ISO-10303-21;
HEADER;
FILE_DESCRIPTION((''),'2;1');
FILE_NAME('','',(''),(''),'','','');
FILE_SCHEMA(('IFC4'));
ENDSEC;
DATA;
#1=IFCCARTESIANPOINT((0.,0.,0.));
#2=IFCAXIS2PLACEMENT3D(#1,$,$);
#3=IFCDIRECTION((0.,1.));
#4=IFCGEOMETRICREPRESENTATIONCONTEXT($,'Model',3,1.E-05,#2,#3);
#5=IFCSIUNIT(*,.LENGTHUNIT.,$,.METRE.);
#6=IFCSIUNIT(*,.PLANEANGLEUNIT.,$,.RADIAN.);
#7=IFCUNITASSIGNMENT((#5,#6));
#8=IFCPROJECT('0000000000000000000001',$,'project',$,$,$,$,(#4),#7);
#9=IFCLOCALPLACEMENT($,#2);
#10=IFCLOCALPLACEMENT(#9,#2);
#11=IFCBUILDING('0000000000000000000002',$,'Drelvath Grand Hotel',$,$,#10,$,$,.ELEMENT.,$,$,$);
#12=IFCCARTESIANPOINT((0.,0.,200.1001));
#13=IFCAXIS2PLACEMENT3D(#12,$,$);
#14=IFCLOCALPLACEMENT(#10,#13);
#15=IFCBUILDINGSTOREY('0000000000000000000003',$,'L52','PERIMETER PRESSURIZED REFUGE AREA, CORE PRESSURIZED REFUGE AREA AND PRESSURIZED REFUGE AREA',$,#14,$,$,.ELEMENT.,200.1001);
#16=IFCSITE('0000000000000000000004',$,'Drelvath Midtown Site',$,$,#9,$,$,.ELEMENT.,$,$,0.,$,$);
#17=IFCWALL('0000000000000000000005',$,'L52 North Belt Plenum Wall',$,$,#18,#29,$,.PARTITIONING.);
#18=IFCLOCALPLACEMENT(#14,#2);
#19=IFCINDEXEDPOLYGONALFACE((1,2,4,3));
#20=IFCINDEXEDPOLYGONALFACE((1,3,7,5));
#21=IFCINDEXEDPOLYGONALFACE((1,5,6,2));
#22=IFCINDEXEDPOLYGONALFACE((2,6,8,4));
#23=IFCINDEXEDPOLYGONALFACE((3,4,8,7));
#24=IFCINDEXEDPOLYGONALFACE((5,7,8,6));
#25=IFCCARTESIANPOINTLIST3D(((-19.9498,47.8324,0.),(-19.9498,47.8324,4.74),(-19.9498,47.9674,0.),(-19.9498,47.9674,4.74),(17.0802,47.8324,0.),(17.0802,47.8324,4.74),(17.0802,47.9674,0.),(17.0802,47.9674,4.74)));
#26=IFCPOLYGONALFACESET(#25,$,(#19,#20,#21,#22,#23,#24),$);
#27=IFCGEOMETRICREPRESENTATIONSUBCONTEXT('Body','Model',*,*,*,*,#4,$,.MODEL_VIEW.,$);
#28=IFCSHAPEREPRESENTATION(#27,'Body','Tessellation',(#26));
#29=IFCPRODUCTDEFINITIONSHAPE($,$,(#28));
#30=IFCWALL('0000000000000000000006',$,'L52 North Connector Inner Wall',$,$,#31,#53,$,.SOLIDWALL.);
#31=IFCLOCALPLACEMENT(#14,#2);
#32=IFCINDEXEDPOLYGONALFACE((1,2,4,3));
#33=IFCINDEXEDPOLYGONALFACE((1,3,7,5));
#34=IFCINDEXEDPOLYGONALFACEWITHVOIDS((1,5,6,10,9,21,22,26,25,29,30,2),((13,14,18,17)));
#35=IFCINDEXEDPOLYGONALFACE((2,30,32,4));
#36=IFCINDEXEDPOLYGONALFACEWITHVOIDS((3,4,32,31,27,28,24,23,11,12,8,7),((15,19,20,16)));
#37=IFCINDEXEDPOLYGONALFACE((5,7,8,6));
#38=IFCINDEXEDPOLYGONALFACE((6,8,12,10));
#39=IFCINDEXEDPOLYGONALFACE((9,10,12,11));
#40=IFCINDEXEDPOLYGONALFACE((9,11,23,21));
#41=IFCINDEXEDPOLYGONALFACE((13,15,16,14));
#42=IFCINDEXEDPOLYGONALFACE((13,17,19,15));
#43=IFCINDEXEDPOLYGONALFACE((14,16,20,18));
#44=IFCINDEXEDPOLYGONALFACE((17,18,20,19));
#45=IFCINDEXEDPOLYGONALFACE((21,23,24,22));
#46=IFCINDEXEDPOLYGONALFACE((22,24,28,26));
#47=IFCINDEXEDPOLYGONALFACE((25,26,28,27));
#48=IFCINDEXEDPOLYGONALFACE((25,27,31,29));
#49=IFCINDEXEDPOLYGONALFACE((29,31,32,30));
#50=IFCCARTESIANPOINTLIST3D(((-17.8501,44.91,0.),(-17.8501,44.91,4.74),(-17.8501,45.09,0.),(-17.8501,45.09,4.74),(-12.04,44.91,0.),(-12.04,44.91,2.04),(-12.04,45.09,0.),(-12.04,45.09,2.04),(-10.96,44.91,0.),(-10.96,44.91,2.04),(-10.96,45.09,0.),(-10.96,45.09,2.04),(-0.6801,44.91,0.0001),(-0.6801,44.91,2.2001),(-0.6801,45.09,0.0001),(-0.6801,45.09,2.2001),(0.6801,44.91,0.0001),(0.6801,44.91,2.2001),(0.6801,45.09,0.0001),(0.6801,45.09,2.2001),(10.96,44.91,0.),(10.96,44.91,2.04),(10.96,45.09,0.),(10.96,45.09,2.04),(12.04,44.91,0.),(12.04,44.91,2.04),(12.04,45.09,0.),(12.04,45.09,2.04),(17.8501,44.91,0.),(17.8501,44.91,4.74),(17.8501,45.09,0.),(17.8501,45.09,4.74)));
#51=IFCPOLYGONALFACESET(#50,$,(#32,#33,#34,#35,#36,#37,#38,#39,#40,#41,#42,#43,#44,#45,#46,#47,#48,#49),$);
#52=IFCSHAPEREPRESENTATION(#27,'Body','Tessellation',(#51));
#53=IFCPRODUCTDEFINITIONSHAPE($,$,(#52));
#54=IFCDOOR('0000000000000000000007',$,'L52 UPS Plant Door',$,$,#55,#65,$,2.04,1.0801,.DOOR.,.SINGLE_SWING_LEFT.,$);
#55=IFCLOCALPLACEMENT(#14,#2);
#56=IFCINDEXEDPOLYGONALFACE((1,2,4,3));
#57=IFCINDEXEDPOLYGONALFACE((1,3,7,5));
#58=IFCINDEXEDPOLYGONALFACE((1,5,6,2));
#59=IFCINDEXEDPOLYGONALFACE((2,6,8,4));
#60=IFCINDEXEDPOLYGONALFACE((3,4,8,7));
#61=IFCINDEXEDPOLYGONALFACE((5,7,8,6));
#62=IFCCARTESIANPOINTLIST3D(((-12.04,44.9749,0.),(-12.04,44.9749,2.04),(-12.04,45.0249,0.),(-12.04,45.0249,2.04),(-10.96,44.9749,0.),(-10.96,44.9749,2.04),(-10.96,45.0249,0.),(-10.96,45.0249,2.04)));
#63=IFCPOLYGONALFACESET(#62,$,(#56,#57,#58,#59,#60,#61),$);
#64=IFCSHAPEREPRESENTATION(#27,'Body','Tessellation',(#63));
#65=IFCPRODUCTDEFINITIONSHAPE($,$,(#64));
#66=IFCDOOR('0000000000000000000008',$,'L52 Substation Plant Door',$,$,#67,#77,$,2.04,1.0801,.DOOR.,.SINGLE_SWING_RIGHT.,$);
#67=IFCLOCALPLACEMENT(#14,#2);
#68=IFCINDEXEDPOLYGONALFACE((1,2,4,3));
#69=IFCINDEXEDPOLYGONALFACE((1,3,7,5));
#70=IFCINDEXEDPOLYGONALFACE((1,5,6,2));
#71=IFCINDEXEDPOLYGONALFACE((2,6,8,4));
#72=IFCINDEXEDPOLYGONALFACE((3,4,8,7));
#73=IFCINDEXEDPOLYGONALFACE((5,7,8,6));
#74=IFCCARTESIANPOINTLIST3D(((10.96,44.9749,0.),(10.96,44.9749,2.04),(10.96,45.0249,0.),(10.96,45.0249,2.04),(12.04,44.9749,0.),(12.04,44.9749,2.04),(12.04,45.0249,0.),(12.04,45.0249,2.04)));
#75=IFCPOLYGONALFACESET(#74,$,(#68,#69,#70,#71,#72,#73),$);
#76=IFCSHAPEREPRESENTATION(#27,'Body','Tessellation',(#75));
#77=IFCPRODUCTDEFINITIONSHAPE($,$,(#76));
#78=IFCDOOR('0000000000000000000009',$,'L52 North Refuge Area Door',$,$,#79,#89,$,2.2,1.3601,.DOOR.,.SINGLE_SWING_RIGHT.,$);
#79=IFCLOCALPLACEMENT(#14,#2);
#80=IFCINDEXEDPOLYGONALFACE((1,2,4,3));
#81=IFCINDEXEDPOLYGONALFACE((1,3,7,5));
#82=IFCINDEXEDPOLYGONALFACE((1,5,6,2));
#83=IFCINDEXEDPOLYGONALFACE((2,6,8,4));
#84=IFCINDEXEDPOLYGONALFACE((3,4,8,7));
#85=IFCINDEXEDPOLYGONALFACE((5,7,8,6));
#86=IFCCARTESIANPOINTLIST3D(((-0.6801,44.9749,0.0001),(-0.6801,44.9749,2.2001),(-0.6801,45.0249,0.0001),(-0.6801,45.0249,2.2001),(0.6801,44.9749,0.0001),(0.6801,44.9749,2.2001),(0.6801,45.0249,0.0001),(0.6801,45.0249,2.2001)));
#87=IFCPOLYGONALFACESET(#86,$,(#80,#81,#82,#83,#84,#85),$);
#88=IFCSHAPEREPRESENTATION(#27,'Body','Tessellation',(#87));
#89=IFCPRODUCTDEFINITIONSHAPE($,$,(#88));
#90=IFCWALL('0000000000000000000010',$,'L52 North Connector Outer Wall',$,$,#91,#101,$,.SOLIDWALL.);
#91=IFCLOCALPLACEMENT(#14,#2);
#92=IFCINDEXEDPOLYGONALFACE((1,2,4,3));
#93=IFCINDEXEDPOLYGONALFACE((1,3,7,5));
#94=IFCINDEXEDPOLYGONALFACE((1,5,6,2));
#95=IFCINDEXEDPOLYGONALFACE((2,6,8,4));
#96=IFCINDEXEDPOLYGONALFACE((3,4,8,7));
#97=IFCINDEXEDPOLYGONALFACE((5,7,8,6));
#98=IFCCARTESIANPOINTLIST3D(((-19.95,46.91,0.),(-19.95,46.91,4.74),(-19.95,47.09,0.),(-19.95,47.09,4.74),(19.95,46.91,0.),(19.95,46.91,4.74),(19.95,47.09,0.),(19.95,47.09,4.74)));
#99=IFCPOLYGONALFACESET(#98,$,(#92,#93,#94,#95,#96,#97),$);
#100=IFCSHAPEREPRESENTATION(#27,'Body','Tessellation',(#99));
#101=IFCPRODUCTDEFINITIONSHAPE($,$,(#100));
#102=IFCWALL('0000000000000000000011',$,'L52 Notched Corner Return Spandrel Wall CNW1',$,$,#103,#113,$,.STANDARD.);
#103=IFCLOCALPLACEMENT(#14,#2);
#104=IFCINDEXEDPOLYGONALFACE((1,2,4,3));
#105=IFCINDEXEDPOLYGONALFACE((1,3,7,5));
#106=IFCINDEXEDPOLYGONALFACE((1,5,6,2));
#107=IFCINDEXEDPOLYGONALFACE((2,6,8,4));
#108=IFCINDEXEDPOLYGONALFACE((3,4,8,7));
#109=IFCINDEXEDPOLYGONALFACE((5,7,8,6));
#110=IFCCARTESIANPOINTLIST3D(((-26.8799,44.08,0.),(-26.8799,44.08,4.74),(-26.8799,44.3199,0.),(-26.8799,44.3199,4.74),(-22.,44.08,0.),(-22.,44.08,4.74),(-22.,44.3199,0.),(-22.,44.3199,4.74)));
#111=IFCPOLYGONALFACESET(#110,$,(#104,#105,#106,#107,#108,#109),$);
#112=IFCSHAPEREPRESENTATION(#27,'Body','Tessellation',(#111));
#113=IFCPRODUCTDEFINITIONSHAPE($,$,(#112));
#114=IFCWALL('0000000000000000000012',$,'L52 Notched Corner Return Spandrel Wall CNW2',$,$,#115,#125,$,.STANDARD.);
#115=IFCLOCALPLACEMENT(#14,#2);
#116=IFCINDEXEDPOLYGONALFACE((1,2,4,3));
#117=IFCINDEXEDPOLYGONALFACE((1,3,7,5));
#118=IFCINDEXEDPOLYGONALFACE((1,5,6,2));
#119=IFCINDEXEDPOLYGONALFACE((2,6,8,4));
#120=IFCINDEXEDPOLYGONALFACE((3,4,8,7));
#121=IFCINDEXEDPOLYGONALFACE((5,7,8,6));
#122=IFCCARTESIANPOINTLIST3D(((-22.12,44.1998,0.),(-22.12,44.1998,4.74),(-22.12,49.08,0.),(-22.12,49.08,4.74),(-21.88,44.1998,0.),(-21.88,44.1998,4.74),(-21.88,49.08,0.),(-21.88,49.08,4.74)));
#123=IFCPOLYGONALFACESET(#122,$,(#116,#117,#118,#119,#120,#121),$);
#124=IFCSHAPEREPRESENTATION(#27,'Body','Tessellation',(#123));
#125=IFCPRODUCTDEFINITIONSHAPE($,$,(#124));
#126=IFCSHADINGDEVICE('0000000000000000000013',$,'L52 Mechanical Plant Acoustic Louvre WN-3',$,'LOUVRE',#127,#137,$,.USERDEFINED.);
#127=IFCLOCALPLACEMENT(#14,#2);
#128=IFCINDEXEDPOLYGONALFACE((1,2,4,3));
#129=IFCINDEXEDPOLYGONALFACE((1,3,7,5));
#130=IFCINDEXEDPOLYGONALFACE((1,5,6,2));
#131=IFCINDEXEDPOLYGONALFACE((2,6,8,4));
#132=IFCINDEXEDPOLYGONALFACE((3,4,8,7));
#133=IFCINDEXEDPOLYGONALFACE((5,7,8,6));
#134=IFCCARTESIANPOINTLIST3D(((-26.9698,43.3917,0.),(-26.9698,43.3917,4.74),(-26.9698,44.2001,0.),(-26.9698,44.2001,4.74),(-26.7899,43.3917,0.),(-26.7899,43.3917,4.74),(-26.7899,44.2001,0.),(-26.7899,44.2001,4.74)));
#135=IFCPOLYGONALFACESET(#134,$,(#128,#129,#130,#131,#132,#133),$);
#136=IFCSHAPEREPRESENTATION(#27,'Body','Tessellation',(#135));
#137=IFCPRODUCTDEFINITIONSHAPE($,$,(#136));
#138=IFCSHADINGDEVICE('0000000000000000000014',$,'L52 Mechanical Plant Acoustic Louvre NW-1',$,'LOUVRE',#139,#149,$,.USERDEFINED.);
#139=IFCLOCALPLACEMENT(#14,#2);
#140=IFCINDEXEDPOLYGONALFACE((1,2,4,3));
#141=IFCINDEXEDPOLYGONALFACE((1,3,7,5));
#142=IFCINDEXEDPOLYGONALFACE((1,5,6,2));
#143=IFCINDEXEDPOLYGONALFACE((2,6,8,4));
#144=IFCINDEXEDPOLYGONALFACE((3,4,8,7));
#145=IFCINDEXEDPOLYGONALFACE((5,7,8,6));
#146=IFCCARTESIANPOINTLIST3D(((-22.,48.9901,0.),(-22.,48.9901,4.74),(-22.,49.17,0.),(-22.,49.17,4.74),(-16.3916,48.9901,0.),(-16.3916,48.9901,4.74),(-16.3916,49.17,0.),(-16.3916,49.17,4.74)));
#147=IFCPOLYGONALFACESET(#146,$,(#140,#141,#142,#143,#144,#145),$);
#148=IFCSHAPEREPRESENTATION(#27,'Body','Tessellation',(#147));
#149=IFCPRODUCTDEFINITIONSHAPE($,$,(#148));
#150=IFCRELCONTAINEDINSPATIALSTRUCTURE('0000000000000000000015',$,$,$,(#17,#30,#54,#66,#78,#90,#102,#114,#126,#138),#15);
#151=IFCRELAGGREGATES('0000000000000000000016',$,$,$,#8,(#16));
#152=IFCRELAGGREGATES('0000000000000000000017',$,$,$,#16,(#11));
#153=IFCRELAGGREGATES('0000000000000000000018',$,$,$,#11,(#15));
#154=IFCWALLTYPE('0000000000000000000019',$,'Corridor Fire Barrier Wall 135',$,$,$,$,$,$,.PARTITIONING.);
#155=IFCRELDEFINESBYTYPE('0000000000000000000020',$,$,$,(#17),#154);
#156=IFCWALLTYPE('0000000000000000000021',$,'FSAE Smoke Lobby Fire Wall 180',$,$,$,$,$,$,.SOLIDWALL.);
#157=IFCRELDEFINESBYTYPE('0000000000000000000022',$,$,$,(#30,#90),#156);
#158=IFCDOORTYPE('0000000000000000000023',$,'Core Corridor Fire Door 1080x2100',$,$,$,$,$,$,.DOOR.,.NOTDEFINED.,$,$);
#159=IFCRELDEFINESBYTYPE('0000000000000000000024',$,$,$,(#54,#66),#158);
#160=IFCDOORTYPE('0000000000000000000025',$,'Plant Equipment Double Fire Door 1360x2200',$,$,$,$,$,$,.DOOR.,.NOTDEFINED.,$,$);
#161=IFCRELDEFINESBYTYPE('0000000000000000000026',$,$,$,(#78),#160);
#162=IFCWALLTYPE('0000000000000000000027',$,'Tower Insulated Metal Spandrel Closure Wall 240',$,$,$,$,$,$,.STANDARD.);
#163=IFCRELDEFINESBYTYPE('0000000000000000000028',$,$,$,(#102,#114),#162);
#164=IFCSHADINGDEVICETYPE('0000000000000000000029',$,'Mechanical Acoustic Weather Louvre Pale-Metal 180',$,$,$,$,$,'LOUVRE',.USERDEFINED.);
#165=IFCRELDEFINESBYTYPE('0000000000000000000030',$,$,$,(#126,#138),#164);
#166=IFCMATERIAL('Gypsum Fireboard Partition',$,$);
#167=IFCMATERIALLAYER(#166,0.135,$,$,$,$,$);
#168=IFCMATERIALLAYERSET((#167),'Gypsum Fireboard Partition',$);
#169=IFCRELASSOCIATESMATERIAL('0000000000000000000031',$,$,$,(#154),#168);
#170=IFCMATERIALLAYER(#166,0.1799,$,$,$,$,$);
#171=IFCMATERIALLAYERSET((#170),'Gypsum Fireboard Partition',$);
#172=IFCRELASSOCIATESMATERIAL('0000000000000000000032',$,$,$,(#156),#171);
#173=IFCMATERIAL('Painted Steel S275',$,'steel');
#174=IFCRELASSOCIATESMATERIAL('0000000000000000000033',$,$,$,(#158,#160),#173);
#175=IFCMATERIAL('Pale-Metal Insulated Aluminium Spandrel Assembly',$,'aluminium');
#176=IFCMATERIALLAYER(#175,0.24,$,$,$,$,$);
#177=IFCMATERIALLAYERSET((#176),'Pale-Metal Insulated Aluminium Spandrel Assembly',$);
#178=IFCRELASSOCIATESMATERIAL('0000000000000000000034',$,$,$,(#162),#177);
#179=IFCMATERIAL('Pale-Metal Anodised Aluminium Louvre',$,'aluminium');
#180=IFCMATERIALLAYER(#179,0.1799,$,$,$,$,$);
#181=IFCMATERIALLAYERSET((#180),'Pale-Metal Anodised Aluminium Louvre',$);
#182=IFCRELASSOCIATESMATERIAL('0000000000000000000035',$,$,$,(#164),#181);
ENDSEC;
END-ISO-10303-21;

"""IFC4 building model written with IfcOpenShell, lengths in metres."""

from ifc_helpers import new_model, si_unit, direction, frame, frame_2d, origin, origin_2d, place, context, subcontext, project, spatial, rectangle, extrude, material, layer, layer_set, type_object, element, fill, save


model = new_model("IFC4")

# Units and contexts
model_context = context("Model", 3, precision=1e-05, world=origin(), true_north=direction((0.0, 1.0)))
body_context = subcontext(model_context, "Body", "Model", "MODEL_VIEW")
ifc_project = project(units=[si_unit("LENGTHUNIT", "METRE"), si_unit("PLANEANGLEUNIT", "RADIAN")], contexts=[model_context])

# Site, building, storey
site_placement = place(None, origin())
site = spatial("IfcSite", under=ifc_project, at=site_placement, Name="Drelvath Midtown Site", CompositionType="ELEMENT", RefElevation=0.0)
building_placement = place(site_placement, origin())
building = spatial("IfcBuilding", under=site, at=building_placement, Name="Drelvath Grand Hotel", CompositionType="ELEMENT")
storey_placement = place(building_placement, frame((0.0, 0.0, 200.1001)))
storey = spatial("IfcBuildingStorey", under=building, at=storey_placement, Name="L52", Description="PERIMETER PRESSURIZED REFUGE AREA, CORE PRESSURIZED REFUGE AREA AND PRESSURIZED REFUGE AREA", CompositionType="ELEMENT", Elevation=200.1001)

# Wall
ifc_material_1 = material(Name="Gypsum Fireboard Partition")
ifc_layer_1 = layer(ifc_material_1, 0.135)
ifc_layer_set_1 = layer_set([ifc_layer_1], Name="Gypsum Fireboard Partition")
wall_type_1 = type_object("IfcWallType", Name="Corridor Fire Barrier Wall 135", PredefinedType="PARTITIONING", material=ifc_layer_set_1)
wall_1_placement = place(storey_placement, frame((-19.95, 47.8999, 0.0), z_axis=(0.0, 0.0, 1.0), x_axis=(1.0, 0.0, 0.0)))
element("IfcWall", 1, at=wall_1_placement, inside=storey, type_object=wall_type_1, Name="L52 North Belt Plenum Wall", PredefinedType="PARTITIONING", context=body_context, shape_type="SweptSolid", body=[
    extrude(rectangle(XDim=37.03, YDim=0.135, at=frame_2d((18.5151, 0.0))), origin(), (0.0, 0.0, 1.0), 4.74),
])

# Wall, openings, doors
ifc_layer_2 = layer(ifc_material_1, 0.1799)
ifc_layer_set_2 = layer_set([ifc_layer_2], Name="Gypsum Fireboard Partition")
wall_type_2 = type_object("IfcWallType", Name="FSAE Smoke Lobby Fire Wall 180", PredefinedType="SOLIDWALL", material=ifc_layer_set_2)
wall_2_placement = place(storey_placement, frame((-17.8501, 45.0, 0.0), z_axis=(0.0, 0.0, 1.0), x_axis=(1.0, 0.0, 0.0)))
wall_2 = element("IfcWall", 2, at=wall_2_placement, inside=storey, type_object=wall_type_2, Name="L52 North Connector Inner Wall", PredefinedType="SOLIDWALL", context=body_context, shape_type="SweptSolid", body=[
    extrude(rectangle(XDim=35.7002, YDim=0.1799, at=frame_2d((17.8501, 0.0))), origin(), (0.0, 0.0, 1.0), 4.74),
])
opening_1_placement = place(wall_2_placement, frame((17.1699, 0.0, 0.0)))
opening_1 = element("IfcOpeningElement", 3, at=opening_1_placement, cuts=wall_2, PredefinedType="OPENING", context=body_context, shape_type="SweptSolid", body=[
    extrude(rectangle(XDim=1.3601, YDim=2.2, at=frame_2d((0.6802, 1.1001))), frame((0.0, 0.0999, 0.0), z_axis=(0.0, -1.0, 0.0), x_axis=(1.0, 0.0, 0.0)), (0.0, 0.0, 1.0), 0.2),
])
opening_2_placement = place(wall_2_placement, frame((5.8101, 0.0, 0.0)))
opening_2 = element("IfcOpeningElement", 4, at=opening_2_placement, cuts=wall_2, PredefinedType="OPENING", context=body_context, shape_type="SweptSolid", body=[
    extrude(rectangle(XDim=1.0801, YDim=2.04, at=frame_2d((0.54, 1.02))), frame((0.0, 0.0999, 0.0), z_axis=(0.0, -1.0, 0.0), x_axis=(1.0, 0.0, 0.0)), (0.0, 0.0, 1.0), 0.2),
])
opening_3_placement = place(wall_2_placement, frame((28.8101, 0.0, 0.0)))
opening_3 = element("IfcOpeningElement", 5, at=opening_3_placement, cuts=wall_2, PredefinedType="OPENING", context=body_context, shape_type="SweptSolid", body=[
    extrude(rectangle(XDim=1.0801, YDim=2.04, at=frame_2d((0.54, 1.02))), frame((0.0, 0.0999, 0.0), z_axis=(0.0, -1.0, 0.0), x_axis=(1.0, 0.0, 0.0)), (0.0, 0.0, 1.0), 0.2),
])
ifc_material_2 = material(Name="Painted Steel S275", Category="steel")
door_type_1 = type_object("IfcDoorType", Name="Core Corridor Fire Door 1080x2100", OperationType="NOTDEFINED", PredefinedType="DOOR", material=ifc_material_2)
door_1_placement = place(opening_2_placement, origin())
door_1 = element("IfcDoor", 6, at=door_1_placement, inside=storey, type_object=door_type_1, Name="L52 UPS Plant Door", OperationType="SINGLE_SWING_LEFT", OverallHeight=2.04, OverallWidth=1.0801, PredefinedType="DOOR", context=body_context, shape_type="SweptSolid", body=[
    extrude(rectangle(XDim=1.0801, YDim=2.04, at=frame_2d((0.54, 1.02))), frame((0.0, 0.0249, 0.0), z_axis=(0.0, -1.0, 0.0), x_axis=(1.0, 0.0, 0.0)), (0.0, 0.0, 1.0), 0.05),
])
fill(opening_2, door_1)
door_2_placement = place(opening_3_placement, origin())
door_2 = element("IfcDoor", 7, at=door_2_placement, inside=storey, type_object=door_type_1, Name="L52 Substation Plant Door", OperationType="SINGLE_SWING_RIGHT", OverallHeight=2.04, OverallWidth=1.0801, PredefinedType="DOOR", context=body_context, shape_type="SweptSolid", body=[
    extrude(rectangle(XDim=1.0801, YDim=2.04, at=frame_2d((0.54, 1.02))), frame((0.0, 0.0249, 0.0), z_axis=(0.0, -1.0, 0.0), x_axis=(1.0, 0.0, 0.0)), (0.0, 0.0, 1.0), 0.05),
])
fill(opening_3, door_2)
door_type_2 = type_object("IfcDoorType", Name="Plant Equipment Double Fire Door 1360x2200", OperationType="NOTDEFINED", PredefinedType="DOOR", material=ifc_material_2)
door_3_placement = place(opening_1_placement, origin())
door_3 = element("IfcDoor", 8, at=door_3_placement, inside=storey, type_object=door_type_2, Name="L52 North Refuge Area Door", OperationType="SINGLE_SWING_RIGHT", OverallHeight=2.2, OverallWidth=1.3601, PredefinedType="DOOR", context=body_context, shape_type="SweptSolid", body=[
    extrude(rectangle(XDim=1.3601, YDim=2.2, at=frame_2d((0.6802, 1.1001))), frame((0.0, 0.0249, 0.0), z_axis=(0.0, -1.0, 0.0), x_axis=(1.0, 0.0, 0.0)), (0.0, 0.0, 1.0), 0.05),
])
fill(opening_1, door_3)

# Walls
wall_3_placement = place(storey_placement, frame((-19.95, 47.0, 0.0), z_axis=(0.0, 0.0, 1.0), x_axis=(1.0, 0.0, 0.0)))
element("IfcWall", 9, at=wall_3_placement, inside=storey, type_object=wall_type_2, Name="L52 North Connector Outer Wall", PredefinedType="SOLIDWALL", context=body_context, shape_type="SweptSolid", body=[
    extrude(rectangle(XDim=39.8999, YDim=0.1799, at=frame_2d((19.95, 0.0))), origin(), (0.0, 0.0, 1.0), 4.74),
])
ifc_material_3 = material(Name="Pale-Metal Insulated Aluminium Spandrel Assembly", Category="aluminium")
ifc_layer_3 = layer(ifc_material_3, 0.24)
ifc_layer_set_3 = layer_set([ifc_layer_3], Name="Pale-Metal Insulated Aluminium Spandrel Assembly")
wall_type_3 = type_object("IfcWallType", Name="Tower Insulated Metal Spandrel Closure Wall 240", PredefinedType="STANDARD", material=ifc_layer_set_3)
wall_4_placement = place(storey_placement, frame((-26.8799, 44.2, 0.0), z_axis=(0.0, 0.0, 1.0), x_axis=(1.0, 0.0, 0.0)))
element("IfcWall", 10, at=wall_4_placement, inside=storey, type_object=wall_type_3, Name="L52 Notched Corner Return Spandrel Wall CNW1", PredefinedType="STANDARD", context=body_context, shape_type="SweptSolid", body=[
    extrude(rectangle(XDim=4.8799, YDim=0.24, at=frame_2d((2.4399, 0.0))), origin(), (0.0, 0.0, 1.0), 4.74),
])
wall_5_placement = place(storey_placement, frame((-22.0, 44.2, 0.0), z_axis=(0.0, 0.0, 1.0), x_axis=(0.0, 1.0, 0.0)))
element("IfcWall", 11, at=wall_5_placement, inside=storey, type_object=wall_type_3, Name="L52 Notched Corner Return Spandrel Wall CNW2", PredefinedType="STANDARD", context=body_context, shape_type="SweptSolid", body=[
    extrude(rectangle(XDim=4.8801, YDim=0.24, at=frame_2d((2.4399, 0.0))), origin(), (0.0, 0.0, 1.0), 4.74),
])

# Shading devices
ifc_material_4 = material(Name="Pale-Metal Anodised Aluminium Louvre", Category="aluminium")
ifc_layer_4 = layer(ifc_material_4, 0.1799)
ifc_layer_set_4 = layer_set([ifc_layer_4], Name="Pale-Metal Anodised Aluminium Louvre")
shading_device_type = type_object("IfcShadingDeviceType", Name="Mechanical Acoustic Weather Louvre Pale-Metal 180", ElementType="LOUVRE", PredefinedType="USERDEFINED", material=ifc_layer_set_4)
shading_device_1_placement = place(storey_placement, frame((-26.8799, 43.7959, 0.0), z_axis=(0.0, 0.0, 1.0), x_axis=(0.0, 1.0, 0.0)))
element("IfcShadingDevice", 12, at=shading_device_1_placement, inside=storey, type_object=shading_device_type, Name="L52 Mechanical Plant Acoustic Louvre WN-3", ObjectType="LOUVRE", PredefinedType="USERDEFINED", context=body_context, shape_type="SweptSolid", body=[
    extrude(rectangle(XDim=0.8083, YDim=0.1799, at=origin_2d()), origin(), (0.0, 0.0, 1.0), 4.74),
])
shading_device_2_placement = place(storey_placement, frame((-19.1958, 49.0801, 0.0), z_axis=(0.0, 0.0, 1.0), x_axis=(1.0, 0.0, 0.0)))
element("IfcShadingDevice", 13, at=shading_device_2_placement, inside=storey, type_object=shading_device_type, Name="L52 Mechanical Plant Acoustic Louvre NW-1", ObjectType="LOUVRE", PredefinedType="USERDEFINED", context=body_context, shape_type="SweptSolid", body=[
    extrude(rectangle(XDim=5.6084, YDim=0.1799, at=origin_2d()), origin(), (0.0, 0.0, 1.0), 4.74),
])

save(model, "model.ifc")
